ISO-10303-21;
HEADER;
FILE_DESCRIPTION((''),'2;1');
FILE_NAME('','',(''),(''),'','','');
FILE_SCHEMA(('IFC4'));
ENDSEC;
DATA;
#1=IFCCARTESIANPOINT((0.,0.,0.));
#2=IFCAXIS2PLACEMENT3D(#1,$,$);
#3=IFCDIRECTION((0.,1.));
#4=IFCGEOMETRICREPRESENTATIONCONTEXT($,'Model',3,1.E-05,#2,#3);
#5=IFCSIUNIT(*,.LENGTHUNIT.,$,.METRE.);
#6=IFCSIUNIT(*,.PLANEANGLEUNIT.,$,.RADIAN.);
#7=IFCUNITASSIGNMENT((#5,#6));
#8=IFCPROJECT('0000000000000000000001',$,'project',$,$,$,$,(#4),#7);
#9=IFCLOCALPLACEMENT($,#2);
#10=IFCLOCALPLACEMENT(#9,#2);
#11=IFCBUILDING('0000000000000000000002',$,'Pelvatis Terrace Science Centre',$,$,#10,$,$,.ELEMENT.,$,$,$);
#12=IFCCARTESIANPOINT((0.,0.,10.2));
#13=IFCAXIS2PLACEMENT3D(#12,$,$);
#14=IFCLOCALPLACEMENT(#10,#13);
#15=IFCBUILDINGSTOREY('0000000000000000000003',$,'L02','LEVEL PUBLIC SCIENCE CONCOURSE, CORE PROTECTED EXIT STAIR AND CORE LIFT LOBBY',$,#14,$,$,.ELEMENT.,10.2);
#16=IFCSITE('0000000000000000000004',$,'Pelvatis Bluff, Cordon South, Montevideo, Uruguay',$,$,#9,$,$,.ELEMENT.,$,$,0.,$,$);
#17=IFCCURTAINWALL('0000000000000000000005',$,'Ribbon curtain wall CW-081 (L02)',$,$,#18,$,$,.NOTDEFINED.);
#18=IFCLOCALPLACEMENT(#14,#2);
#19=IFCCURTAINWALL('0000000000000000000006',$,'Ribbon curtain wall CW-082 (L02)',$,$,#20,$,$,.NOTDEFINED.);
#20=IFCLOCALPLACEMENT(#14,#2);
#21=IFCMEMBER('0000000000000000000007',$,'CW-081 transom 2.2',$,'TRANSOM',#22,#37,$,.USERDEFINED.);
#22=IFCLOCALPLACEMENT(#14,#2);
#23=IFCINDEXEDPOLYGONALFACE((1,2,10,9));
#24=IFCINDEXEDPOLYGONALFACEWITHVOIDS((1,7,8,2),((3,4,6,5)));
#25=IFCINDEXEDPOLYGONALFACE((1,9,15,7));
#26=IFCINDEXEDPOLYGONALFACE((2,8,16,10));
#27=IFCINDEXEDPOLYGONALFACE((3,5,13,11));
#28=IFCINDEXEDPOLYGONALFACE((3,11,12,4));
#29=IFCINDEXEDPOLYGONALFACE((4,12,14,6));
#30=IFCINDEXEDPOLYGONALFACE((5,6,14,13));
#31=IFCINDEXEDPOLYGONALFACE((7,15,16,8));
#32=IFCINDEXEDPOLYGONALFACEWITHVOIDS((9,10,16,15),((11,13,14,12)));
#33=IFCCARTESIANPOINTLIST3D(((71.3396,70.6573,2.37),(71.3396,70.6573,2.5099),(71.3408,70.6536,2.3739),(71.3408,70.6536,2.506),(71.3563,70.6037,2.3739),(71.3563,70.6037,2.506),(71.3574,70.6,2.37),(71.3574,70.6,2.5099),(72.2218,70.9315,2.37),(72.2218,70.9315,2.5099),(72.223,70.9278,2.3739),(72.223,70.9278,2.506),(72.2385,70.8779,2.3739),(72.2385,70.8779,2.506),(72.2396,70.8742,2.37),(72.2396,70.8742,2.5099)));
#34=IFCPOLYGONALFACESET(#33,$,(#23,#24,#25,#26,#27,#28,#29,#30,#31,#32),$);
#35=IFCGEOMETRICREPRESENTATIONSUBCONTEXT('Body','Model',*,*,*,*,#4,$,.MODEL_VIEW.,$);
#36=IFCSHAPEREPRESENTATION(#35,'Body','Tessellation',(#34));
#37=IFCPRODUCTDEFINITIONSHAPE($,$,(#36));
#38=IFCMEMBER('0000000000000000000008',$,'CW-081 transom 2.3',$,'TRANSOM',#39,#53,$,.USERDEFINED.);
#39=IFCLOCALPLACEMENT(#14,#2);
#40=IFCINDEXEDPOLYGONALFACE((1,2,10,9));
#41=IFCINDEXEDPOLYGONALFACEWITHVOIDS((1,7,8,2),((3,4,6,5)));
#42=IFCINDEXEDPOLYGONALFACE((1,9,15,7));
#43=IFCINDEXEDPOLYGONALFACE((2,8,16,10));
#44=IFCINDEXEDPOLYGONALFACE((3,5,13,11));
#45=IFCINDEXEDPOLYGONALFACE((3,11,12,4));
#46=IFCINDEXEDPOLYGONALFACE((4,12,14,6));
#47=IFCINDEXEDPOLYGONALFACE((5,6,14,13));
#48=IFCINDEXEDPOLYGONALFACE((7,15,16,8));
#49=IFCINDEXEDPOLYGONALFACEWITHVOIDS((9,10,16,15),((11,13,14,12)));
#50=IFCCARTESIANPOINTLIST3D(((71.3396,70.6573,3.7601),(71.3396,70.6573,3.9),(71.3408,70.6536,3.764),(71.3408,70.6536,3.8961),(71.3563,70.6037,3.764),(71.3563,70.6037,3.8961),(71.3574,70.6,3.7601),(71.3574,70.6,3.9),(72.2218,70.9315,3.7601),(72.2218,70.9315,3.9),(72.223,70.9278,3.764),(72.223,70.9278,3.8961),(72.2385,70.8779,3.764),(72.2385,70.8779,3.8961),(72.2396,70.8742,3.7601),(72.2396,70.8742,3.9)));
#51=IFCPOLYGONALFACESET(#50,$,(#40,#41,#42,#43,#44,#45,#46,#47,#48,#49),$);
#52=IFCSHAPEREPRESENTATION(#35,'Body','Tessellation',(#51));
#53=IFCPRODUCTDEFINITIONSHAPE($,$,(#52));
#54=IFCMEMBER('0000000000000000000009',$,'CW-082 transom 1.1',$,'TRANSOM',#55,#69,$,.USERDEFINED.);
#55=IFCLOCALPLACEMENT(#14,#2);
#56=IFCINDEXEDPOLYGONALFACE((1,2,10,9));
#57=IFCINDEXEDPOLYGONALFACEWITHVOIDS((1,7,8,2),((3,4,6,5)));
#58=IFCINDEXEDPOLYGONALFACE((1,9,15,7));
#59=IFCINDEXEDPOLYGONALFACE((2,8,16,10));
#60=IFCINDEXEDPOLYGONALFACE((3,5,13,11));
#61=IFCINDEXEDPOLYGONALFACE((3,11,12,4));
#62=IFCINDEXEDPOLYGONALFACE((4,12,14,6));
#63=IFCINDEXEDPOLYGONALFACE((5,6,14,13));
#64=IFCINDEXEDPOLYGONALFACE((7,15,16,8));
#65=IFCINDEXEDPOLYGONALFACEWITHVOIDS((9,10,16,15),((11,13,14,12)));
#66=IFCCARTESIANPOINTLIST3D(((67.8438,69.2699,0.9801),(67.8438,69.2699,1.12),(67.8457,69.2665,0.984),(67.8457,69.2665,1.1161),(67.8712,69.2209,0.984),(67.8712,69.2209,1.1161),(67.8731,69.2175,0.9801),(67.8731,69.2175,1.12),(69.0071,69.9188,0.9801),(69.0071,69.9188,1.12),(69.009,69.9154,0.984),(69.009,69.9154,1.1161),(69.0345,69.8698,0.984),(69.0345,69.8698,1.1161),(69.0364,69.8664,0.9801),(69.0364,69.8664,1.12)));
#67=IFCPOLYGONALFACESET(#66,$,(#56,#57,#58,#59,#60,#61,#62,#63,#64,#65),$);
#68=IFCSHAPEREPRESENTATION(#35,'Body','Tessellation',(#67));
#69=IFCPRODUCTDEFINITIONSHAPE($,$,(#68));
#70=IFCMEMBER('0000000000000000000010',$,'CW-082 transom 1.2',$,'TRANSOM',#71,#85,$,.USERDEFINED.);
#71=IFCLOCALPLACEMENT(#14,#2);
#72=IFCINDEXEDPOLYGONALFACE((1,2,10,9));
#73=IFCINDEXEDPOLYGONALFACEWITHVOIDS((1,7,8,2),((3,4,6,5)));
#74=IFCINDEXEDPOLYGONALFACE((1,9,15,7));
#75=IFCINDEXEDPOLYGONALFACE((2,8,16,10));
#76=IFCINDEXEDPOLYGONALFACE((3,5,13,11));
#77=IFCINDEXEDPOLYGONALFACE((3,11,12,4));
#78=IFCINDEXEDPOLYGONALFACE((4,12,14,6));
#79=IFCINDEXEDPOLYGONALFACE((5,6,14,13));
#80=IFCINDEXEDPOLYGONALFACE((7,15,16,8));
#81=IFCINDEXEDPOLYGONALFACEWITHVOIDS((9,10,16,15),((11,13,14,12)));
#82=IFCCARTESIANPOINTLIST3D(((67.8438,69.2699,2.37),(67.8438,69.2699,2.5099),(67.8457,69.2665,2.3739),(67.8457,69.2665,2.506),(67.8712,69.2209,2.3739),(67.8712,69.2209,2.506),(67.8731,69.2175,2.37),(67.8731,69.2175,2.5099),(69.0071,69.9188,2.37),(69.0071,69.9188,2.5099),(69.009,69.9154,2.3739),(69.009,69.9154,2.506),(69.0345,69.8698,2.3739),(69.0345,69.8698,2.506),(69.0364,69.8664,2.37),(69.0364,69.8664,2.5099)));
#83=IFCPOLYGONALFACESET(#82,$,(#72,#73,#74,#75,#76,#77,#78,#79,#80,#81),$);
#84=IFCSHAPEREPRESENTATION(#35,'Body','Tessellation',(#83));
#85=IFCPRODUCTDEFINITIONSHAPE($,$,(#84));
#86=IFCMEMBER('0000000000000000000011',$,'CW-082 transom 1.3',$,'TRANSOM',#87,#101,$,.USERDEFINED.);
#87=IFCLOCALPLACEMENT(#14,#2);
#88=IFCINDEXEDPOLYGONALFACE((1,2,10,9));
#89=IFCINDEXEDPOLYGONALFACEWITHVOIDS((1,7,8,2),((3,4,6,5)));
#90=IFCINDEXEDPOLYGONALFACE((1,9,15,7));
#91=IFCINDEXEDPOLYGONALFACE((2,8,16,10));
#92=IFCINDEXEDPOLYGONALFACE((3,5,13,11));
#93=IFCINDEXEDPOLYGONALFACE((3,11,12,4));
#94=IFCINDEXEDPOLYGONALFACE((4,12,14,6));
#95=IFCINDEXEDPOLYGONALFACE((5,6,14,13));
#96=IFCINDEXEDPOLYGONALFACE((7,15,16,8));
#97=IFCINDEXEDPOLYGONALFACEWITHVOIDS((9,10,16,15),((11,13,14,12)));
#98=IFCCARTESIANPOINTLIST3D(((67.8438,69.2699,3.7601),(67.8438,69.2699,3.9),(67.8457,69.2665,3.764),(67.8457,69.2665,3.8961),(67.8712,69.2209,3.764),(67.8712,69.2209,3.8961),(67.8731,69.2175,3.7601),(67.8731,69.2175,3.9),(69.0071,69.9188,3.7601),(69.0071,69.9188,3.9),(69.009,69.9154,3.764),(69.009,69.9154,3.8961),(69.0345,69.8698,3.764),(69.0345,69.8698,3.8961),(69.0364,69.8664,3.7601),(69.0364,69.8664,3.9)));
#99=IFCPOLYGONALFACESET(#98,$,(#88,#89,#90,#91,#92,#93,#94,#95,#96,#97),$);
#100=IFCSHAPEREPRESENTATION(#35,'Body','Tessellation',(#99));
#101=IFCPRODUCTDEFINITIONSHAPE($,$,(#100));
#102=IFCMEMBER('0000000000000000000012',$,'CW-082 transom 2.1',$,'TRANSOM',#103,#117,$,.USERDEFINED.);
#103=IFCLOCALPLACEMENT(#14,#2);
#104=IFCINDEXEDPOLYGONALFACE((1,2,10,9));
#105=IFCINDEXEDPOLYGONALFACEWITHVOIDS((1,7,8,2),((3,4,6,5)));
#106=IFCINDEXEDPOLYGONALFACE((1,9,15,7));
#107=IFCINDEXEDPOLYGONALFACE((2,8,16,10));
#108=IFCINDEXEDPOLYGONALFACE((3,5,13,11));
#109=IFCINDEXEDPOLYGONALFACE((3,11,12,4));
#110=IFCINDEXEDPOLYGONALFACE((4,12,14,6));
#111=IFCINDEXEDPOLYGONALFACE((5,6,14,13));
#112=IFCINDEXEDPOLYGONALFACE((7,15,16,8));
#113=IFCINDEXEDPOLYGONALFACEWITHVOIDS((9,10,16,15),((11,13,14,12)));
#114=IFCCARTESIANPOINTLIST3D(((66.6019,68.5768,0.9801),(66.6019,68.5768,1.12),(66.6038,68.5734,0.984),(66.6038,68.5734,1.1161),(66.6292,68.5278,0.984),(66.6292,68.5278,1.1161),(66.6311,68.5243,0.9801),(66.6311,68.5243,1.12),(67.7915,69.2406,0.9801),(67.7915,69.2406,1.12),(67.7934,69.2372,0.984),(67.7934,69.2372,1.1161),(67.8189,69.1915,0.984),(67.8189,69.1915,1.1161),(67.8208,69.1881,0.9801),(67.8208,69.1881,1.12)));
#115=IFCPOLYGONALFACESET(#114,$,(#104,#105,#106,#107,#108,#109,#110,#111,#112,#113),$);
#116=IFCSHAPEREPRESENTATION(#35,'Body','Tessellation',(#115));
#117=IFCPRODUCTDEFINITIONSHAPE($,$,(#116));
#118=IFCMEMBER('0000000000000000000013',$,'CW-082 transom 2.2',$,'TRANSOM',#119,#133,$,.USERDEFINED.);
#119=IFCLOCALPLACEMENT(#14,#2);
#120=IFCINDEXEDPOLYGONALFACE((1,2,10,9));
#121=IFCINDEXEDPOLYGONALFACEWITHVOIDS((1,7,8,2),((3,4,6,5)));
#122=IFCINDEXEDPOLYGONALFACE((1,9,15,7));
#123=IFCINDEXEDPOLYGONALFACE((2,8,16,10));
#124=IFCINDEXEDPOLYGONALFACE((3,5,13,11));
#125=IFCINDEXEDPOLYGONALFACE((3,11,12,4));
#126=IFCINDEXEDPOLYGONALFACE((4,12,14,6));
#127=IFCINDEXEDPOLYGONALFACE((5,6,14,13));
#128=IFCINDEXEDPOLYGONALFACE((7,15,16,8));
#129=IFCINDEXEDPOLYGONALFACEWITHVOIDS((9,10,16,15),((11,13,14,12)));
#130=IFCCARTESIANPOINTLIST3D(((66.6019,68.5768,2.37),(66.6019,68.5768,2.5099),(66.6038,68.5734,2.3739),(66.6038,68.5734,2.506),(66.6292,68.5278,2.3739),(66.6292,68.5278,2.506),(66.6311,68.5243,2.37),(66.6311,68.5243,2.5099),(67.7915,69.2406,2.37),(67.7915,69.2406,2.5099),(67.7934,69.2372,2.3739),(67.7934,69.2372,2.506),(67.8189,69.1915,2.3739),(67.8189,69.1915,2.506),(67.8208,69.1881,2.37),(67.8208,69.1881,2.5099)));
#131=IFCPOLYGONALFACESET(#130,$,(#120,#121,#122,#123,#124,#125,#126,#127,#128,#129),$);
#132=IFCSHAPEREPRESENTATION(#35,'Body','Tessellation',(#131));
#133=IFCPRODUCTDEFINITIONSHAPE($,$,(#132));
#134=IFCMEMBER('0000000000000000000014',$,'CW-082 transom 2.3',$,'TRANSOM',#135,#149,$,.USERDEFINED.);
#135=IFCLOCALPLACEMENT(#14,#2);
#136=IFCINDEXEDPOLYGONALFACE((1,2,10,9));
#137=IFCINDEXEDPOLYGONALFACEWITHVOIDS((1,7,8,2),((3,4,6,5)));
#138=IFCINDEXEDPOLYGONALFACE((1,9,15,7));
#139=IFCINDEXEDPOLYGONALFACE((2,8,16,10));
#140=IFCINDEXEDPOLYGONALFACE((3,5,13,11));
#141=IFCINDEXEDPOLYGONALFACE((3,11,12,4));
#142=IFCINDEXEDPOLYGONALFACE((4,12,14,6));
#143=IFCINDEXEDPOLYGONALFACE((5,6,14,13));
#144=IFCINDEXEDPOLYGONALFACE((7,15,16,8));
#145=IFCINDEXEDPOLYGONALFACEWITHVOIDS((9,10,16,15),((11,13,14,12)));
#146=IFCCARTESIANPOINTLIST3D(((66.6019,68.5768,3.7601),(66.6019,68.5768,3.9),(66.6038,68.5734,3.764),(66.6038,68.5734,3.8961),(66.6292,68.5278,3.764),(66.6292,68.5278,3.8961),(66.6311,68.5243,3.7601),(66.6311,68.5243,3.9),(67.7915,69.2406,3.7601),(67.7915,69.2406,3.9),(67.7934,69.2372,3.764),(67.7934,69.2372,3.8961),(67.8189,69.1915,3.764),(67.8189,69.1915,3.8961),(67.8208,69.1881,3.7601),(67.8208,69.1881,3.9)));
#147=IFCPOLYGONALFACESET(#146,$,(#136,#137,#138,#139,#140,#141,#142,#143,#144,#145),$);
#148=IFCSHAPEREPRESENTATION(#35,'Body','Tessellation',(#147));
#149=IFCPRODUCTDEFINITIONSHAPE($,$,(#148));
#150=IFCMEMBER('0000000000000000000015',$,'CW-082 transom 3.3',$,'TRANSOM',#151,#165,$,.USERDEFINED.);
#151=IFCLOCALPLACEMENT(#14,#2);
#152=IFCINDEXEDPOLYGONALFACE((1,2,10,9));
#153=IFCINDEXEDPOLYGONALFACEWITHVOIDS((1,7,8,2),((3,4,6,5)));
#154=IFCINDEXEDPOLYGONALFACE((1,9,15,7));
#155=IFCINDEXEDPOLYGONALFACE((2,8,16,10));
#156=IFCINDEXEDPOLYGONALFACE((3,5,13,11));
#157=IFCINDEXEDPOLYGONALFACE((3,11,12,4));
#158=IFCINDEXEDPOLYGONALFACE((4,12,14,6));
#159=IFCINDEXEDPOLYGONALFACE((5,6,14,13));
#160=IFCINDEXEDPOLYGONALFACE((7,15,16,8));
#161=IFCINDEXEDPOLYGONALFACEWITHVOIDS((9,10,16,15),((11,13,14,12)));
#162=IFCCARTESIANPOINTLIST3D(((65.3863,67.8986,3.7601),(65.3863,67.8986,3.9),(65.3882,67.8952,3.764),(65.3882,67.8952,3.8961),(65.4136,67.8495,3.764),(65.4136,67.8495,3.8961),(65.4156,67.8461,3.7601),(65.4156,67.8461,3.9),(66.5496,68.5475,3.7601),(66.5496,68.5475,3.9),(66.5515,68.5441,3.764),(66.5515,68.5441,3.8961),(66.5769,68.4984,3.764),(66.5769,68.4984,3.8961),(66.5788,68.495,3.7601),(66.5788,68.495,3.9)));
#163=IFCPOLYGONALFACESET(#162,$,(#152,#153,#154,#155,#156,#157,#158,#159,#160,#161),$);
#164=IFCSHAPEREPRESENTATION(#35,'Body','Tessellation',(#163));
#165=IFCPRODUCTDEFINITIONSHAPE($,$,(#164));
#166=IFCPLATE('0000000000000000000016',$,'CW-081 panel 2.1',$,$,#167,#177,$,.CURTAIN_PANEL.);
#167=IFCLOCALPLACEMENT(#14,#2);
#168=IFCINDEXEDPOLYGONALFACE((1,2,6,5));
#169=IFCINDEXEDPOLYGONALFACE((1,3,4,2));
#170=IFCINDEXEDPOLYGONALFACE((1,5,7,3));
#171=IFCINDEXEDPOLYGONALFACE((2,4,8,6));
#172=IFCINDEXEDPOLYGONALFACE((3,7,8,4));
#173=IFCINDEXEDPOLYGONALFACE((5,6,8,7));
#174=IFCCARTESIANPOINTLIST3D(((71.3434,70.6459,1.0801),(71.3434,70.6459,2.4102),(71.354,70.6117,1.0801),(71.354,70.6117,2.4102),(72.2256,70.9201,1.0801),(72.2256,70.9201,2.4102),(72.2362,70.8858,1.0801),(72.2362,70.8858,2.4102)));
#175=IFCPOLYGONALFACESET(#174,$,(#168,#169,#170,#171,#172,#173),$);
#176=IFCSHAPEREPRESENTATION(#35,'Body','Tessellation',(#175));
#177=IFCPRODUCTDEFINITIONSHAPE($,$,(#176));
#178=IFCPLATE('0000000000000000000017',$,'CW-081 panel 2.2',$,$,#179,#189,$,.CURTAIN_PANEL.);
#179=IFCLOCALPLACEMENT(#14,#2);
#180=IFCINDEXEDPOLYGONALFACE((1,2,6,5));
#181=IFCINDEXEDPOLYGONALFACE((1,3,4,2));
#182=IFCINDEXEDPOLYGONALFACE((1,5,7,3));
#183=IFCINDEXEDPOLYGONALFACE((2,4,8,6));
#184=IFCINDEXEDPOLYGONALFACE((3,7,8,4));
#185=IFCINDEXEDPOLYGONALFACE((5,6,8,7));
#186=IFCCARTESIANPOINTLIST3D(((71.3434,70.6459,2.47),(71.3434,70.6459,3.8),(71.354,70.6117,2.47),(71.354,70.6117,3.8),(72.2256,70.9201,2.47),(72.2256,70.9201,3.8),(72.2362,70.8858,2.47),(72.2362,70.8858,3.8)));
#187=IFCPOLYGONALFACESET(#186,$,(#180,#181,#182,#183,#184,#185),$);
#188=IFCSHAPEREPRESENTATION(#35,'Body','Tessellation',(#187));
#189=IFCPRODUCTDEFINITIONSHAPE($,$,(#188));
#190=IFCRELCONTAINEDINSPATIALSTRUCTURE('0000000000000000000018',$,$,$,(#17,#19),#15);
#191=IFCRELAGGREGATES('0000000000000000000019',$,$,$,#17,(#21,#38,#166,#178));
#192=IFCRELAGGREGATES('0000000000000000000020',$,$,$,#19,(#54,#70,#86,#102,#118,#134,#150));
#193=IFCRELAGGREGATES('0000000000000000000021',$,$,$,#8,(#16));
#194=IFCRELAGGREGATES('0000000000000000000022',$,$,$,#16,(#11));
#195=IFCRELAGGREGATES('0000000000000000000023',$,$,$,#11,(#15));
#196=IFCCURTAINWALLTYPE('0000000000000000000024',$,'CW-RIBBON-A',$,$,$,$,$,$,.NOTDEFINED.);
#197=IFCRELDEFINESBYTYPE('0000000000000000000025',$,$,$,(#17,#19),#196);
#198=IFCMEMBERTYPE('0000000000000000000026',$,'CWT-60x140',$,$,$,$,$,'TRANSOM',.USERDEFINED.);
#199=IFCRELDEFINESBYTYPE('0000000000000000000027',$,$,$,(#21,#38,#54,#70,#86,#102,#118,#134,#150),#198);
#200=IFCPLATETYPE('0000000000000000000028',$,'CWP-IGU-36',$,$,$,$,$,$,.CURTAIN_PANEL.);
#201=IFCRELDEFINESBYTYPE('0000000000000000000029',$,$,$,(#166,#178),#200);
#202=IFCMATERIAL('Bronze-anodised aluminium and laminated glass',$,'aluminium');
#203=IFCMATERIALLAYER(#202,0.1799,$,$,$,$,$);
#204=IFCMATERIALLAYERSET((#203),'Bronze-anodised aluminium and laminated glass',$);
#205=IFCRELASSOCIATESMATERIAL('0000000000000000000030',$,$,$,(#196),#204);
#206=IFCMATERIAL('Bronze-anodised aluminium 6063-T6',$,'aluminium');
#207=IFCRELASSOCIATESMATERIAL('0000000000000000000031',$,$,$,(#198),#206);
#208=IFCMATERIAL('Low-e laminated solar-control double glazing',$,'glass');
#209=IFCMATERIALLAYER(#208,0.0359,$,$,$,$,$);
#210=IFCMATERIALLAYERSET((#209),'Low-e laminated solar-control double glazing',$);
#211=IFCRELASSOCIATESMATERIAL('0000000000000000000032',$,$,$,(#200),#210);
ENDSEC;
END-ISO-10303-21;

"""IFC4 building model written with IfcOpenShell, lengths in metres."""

from ifc_helpers import new_model, si_unit, direction, frame, origin, origin_2d, place, context, subcontext, project, spatial, rectangle, hollow_rectangle, extrude, material, layer, layer_set, material_profile, profile_set, type_object, element, aggregate, save


model = new_model("IFC4")

# Units and contexts
model_context = context("Model", 3, precision=1e-05, world=origin(), true_north=direction((0.0, 1.0)))
body_context = subcontext(model_context, "Body", "Model", "MODEL_VIEW")
ifc_project = project(units=[si_unit("LENGTHUNIT", "METRE"), si_unit("PLANEANGLEUNIT", "RADIAN")], contexts=[model_context])

# Site, building, storey
site_placement = place(None, origin())
site = spatial("IfcSite", under=ifc_project, at=site_placement, Name="Pelvatis Bluff, Cordon South, Montevideo, Uruguay", CompositionType="ELEMENT", RefElevation=0.0)
building_placement = place(site_placement, origin())
building = spatial("IfcBuilding", under=site, at=building_placement, Name="Pelvatis Terrace Science Centre", CompositionType="ELEMENT")
storey_placement = place(building_placement, frame((0.0, 0.0, 10.2)))
storey = spatial("IfcBuildingStorey", under=building, at=storey_placement, Name="L02", Description="LEVEL PUBLIC SCIENCE CONCOURSE, CORE PROTECTED EXIT STAIR AND CORE LIFT LOBBY", CompositionType="ELEMENT", Elevation=10.2)

# Curtain walls
ifc_material_1 = material(Name="Bronze-anodised aluminium and laminated glass", Category="aluminium")
ifc_layer_1 = layer(ifc_material_1, 0.1799)
ifc_layer_set_1 = layer_set([ifc_layer_1], Name="Bronze-anodised aluminium and laminated glass")
curtain_wall_type = type_object("IfcCurtainWallType", Name="CW-RIBBON-A", PredefinedType="NOTDEFINED", material=ifc_layer_set_1)
curtain_wall_1_placement = place(storey_placement, origin())
curtain_wall_1 = element("IfcCurtainWall", 1, at=curtain_wall_1_placement, inside=storey, type_object=curtain_wall_type, Name="Ribbon curtain wall CW-081 (L02)", PredefinedType="NOTDEFINED")
curtain_wall_2_placement = place(storey_placement, origin())
curtain_wall_2 = element("IfcCurtainWall", 2, at=curtain_wall_2_placement, inside=storey, type_object=curtain_wall_type, Name="Ribbon curtain wall CW-082 (L02)", PredefinedType="NOTDEFINED")

# Members
ifc_material_2 = material(Name="Bronze-anodised aluminium 6063-T6", Category="aluminium")
ifc_material_profile_1 = material_profile(ifc_material_2, hollow_rectangle(XDim=0.0601, YDim=0.1399, WallThickness=0.0039, at=origin_2d()), Name="ALU-TRN 60x140")
ifc_profile_set_1 = profile_set([ifc_material_profile_1], Name="Bronze-anodised aluminium 6063-T6")
member_type_1 = type_object("IfcMemberType", Name="CWT-60x140", ElementType="TRANSOM", PredefinedType="USERDEFINED", material=ifc_profile_set_1)
member_1_placement = place(storey_placement, frame((72.2307, 70.9028, 2.4399), z_axis=(-0.954935, -0.296815, 0.0), x_axis=(0.296815, -0.954935, 0.0)))
member_1 = element("IfcMember", 3, at=member_1_placement, type_object=member_type_1, Name="CW-081 transom 2.2", ObjectType="TRANSOM", PredefinedType="USERDEFINED", context=body_context, shape_type="SweptSolid", body=[
    extrude(hollow_rectangle(XDim=0.0601, YDim=0.1399, WallThickness=0.0039, at=origin_2d()), origin(), (0.0, 0.0, 1.0), 0.9238),
])
member_2_placement = place(storey_placement, frame((72.2307, 70.9028, 3.8301), z_axis=(-0.954935, -0.296815, 0.0), x_axis=(0.296815, -0.954935, 0.0)))
member_2 = element("IfcMember", 4, at=member_2_placement, type_object=member_type_1, Name="CW-081 transom 2.3", ObjectType="TRANSOM", PredefinedType="USERDEFINED", context=body_context, shape_type="SweptSolid", body=[
    extrude(hollow_rectangle(XDim=0.0601, YDim=0.1399, WallThickness=0.0039, at=origin_2d()), origin(), (0.0, 0.0, 1.0), 0.9238),
])
member_3_placement = place(storey_placement, frame((69.0217, 69.8926, 1.05), z_axis=(-0.873317, -0.487152, 0.0), x_axis=(0.487152, -0.873317, 0.0)))
member_3 = element("IfcMember", 5, at=member_3_placement, type_object=member_type_1, Name="CW-082 transom 1.1", ObjectType="TRANSOM", PredefinedType="USERDEFINED", context=body_context, shape_type="SweptSolid", body=[
    extrude(hollow_rectangle(XDim=0.0601, YDim=0.1399, WallThickness=0.0039, at=origin_2d()), origin(), (0.0, 0.0, 1.0), 1.332),
])
member_4_placement = place(storey_placement, frame((69.0217, 69.8926, 2.4399), z_axis=(-0.873317, -0.487152, 0.0), x_axis=(0.487152, -0.873317, 0.0)))
member_4 = element("IfcMember", 6, at=member_4_placement, type_object=member_type_1, Name="CW-082 transom 1.2", ObjectType="TRANSOM", PredefinedType="USERDEFINED", context=body_context, shape_type="SweptSolid", body=[
    extrude(hollow_rectangle(XDim=0.0601, YDim=0.1399, WallThickness=0.0039, at=origin_2d()), origin(), (0.0, 0.0, 1.0), 1.332),
])
member_5_placement = place(storey_placement, frame((69.0217, 69.8926, 3.8301), z_axis=(-0.873317, -0.487152, 0.0), x_axis=(0.487152, -0.873317, 0.0)))
member_5 = element("IfcMember", 7, at=member_5_placement, type_object=member_type_1, Name="CW-082 transom 1.3", ObjectType="TRANSOM", PredefinedType="USERDEFINED", context=body_context, shape_type="SweptSolid", body=[
    extrude(hollow_rectangle(XDim=0.0601, YDim=0.1399, WallThickness=0.0039, at=origin_2d()), origin(), (0.0, 0.0, 1.0), 1.332),
])
member_6_placement = place(storey_placement, frame((67.8062, 69.2144, 1.05), z_axis=(-0.87326, -0.487255, 0.0), x_axis=(0.487255, -0.87326, 0.0)))
member_6 = element("IfcMember", 8, at=member_6_placement, type_object=member_type_1, Name="CW-082 transom 2.1", ObjectType="TRANSOM", PredefinedType="USERDEFINED", context=body_context, shape_type="SweptSolid", body=[
    extrude(hollow_rectangle(XDim=0.0601, YDim=0.1399, WallThickness=0.0039, at=origin_2d()), origin(), (0.0, 0.0, 1.0), 1.3623),
])
member_7_placement = place(storey_placement, frame((67.8062, 69.2144, 2.4399), z_axis=(-0.87326, -0.487255, 0.0), x_axis=(0.487255, -0.87326, 0.0)))
member_7 = element("IfcMember", 9, at=member_7_placement, type_object=member_type_1, Name="CW-082 transom 2.2", ObjectType="TRANSOM", PredefinedType="USERDEFINED", context=body_context, shape_type="SweptSolid", body=[
    extrude(hollow_rectangle(XDim=0.0601, YDim=0.1399, WallThickness=0.0039, at=origin_2d()), origin(), (0.0, 0.0, 1.0), 1.3623),
])
member_8_placement = place(storey_placement, frame((67.8062, 69.2144, 3.8301), z_axis=(-0.87326, -0.487255, 0.0), x_axis=(0.487255, -0.87326, 0.0)))
member_8 = element("IfcMember", 10, at=member_8_placement, type_object=member_type_1, Name="CW-082 transom 2.3", ObjectType="TRANSOM", PredefinedType="USERDEFINED", context=body_context, shape_type="SweptSolid", body=[
    extrude(hollow_rectangle(XDim=0.0601, YDim=0.1399, WallThickness=0.0039, at=origin_2d()), origin(), (0.0, 0.0, 1.0), 1.3623),
])
member_9_placement = place(storey_placement, frame((66.5642, 68.5212, 3.8301), z_axis=(-0.873317, -0.487152, 0.0), x_axis=(0.487152, -0.873317, 0.0)))
member_9 = element("IfcMember", 11, at=member_9_placement, type_object=member_type_1, Name="CW-082 transom 3.3", ObjectType="TRANSOM", PredefinedType="USERDEFINED", context=body_context, shape_type="SweptSolid", body=[
    extrude(hollow_rectangle(XDim=0.0601, YDim=0.1399, WallThickness=0.0039, at=origin_2d()), origin(), (0.0, 0.0, 1.0), 1.332),
])

# Plates
ifc_material_3 = material(Name="Low-e laminated solar-control double glazing", Category="glass")
ifc_layer_2 = layer(ifc_material_3, 0.0359)
ifc_layer_set_2 = layer_set([ifc_layer_2], Name="Low-e laminated solar-control double glazing")
plate_type_1 = type_object("IfcPlateType", Name="CWP-IGU-36", PredefinedType="CURTAIN_PANEL", material=ifc_layer_set_2)
plate_1_placement = place(storey_placement, frame((71.7898, 70.7659, 1.0801), z_axis=(0.0, 0.0, 1.0), x_axis=(-0.954961, -0.296733, 0.0)))
plate_1 = element("IfcPlate", 12, at=plate_1_placement, type_object=plate_type_1, Name="CW-081 panel 2.1", PredefinedType="CURTAIN_PANEL", context=body_context, shape_type="SweptSolid", body=[
    extrude(rectangle(XDim=0.9238, YDim=0.0359, at=origin_2d()), origin(), (0.0, 0.0, 1.0), 1.3301),
])
plate_2_placement = place(storey_placement, frame((71.7898, 70.7659, 2.47), z_axis=(0.0, 0.0, 1.0), x_axis=(-0.954961, -0.296733, 0.0)))
plate_2 = element("IfcPlate", 13, at=plate_2_placement, type_object=plate_type_1, Name="CW-081 panel 2.2", PredefinedType="CURTAIN_PANEL", context=body_context, shape_type="SweptSolid", body=[
    extrude(rectangle(XDim=0.9238, YDim=0.0359, at=origin_2d()), origin(), (0.0, 0.0, 1.0), 1.3301),
])
aggregate(curtain_wall_1, [member_1, member_2, plate_1, plate_2])
aggregate(curtain_wall_2, [member_3, member_4, member_5, member_6, member_7, member_8, member_9])

save(model, "model.ifc")
